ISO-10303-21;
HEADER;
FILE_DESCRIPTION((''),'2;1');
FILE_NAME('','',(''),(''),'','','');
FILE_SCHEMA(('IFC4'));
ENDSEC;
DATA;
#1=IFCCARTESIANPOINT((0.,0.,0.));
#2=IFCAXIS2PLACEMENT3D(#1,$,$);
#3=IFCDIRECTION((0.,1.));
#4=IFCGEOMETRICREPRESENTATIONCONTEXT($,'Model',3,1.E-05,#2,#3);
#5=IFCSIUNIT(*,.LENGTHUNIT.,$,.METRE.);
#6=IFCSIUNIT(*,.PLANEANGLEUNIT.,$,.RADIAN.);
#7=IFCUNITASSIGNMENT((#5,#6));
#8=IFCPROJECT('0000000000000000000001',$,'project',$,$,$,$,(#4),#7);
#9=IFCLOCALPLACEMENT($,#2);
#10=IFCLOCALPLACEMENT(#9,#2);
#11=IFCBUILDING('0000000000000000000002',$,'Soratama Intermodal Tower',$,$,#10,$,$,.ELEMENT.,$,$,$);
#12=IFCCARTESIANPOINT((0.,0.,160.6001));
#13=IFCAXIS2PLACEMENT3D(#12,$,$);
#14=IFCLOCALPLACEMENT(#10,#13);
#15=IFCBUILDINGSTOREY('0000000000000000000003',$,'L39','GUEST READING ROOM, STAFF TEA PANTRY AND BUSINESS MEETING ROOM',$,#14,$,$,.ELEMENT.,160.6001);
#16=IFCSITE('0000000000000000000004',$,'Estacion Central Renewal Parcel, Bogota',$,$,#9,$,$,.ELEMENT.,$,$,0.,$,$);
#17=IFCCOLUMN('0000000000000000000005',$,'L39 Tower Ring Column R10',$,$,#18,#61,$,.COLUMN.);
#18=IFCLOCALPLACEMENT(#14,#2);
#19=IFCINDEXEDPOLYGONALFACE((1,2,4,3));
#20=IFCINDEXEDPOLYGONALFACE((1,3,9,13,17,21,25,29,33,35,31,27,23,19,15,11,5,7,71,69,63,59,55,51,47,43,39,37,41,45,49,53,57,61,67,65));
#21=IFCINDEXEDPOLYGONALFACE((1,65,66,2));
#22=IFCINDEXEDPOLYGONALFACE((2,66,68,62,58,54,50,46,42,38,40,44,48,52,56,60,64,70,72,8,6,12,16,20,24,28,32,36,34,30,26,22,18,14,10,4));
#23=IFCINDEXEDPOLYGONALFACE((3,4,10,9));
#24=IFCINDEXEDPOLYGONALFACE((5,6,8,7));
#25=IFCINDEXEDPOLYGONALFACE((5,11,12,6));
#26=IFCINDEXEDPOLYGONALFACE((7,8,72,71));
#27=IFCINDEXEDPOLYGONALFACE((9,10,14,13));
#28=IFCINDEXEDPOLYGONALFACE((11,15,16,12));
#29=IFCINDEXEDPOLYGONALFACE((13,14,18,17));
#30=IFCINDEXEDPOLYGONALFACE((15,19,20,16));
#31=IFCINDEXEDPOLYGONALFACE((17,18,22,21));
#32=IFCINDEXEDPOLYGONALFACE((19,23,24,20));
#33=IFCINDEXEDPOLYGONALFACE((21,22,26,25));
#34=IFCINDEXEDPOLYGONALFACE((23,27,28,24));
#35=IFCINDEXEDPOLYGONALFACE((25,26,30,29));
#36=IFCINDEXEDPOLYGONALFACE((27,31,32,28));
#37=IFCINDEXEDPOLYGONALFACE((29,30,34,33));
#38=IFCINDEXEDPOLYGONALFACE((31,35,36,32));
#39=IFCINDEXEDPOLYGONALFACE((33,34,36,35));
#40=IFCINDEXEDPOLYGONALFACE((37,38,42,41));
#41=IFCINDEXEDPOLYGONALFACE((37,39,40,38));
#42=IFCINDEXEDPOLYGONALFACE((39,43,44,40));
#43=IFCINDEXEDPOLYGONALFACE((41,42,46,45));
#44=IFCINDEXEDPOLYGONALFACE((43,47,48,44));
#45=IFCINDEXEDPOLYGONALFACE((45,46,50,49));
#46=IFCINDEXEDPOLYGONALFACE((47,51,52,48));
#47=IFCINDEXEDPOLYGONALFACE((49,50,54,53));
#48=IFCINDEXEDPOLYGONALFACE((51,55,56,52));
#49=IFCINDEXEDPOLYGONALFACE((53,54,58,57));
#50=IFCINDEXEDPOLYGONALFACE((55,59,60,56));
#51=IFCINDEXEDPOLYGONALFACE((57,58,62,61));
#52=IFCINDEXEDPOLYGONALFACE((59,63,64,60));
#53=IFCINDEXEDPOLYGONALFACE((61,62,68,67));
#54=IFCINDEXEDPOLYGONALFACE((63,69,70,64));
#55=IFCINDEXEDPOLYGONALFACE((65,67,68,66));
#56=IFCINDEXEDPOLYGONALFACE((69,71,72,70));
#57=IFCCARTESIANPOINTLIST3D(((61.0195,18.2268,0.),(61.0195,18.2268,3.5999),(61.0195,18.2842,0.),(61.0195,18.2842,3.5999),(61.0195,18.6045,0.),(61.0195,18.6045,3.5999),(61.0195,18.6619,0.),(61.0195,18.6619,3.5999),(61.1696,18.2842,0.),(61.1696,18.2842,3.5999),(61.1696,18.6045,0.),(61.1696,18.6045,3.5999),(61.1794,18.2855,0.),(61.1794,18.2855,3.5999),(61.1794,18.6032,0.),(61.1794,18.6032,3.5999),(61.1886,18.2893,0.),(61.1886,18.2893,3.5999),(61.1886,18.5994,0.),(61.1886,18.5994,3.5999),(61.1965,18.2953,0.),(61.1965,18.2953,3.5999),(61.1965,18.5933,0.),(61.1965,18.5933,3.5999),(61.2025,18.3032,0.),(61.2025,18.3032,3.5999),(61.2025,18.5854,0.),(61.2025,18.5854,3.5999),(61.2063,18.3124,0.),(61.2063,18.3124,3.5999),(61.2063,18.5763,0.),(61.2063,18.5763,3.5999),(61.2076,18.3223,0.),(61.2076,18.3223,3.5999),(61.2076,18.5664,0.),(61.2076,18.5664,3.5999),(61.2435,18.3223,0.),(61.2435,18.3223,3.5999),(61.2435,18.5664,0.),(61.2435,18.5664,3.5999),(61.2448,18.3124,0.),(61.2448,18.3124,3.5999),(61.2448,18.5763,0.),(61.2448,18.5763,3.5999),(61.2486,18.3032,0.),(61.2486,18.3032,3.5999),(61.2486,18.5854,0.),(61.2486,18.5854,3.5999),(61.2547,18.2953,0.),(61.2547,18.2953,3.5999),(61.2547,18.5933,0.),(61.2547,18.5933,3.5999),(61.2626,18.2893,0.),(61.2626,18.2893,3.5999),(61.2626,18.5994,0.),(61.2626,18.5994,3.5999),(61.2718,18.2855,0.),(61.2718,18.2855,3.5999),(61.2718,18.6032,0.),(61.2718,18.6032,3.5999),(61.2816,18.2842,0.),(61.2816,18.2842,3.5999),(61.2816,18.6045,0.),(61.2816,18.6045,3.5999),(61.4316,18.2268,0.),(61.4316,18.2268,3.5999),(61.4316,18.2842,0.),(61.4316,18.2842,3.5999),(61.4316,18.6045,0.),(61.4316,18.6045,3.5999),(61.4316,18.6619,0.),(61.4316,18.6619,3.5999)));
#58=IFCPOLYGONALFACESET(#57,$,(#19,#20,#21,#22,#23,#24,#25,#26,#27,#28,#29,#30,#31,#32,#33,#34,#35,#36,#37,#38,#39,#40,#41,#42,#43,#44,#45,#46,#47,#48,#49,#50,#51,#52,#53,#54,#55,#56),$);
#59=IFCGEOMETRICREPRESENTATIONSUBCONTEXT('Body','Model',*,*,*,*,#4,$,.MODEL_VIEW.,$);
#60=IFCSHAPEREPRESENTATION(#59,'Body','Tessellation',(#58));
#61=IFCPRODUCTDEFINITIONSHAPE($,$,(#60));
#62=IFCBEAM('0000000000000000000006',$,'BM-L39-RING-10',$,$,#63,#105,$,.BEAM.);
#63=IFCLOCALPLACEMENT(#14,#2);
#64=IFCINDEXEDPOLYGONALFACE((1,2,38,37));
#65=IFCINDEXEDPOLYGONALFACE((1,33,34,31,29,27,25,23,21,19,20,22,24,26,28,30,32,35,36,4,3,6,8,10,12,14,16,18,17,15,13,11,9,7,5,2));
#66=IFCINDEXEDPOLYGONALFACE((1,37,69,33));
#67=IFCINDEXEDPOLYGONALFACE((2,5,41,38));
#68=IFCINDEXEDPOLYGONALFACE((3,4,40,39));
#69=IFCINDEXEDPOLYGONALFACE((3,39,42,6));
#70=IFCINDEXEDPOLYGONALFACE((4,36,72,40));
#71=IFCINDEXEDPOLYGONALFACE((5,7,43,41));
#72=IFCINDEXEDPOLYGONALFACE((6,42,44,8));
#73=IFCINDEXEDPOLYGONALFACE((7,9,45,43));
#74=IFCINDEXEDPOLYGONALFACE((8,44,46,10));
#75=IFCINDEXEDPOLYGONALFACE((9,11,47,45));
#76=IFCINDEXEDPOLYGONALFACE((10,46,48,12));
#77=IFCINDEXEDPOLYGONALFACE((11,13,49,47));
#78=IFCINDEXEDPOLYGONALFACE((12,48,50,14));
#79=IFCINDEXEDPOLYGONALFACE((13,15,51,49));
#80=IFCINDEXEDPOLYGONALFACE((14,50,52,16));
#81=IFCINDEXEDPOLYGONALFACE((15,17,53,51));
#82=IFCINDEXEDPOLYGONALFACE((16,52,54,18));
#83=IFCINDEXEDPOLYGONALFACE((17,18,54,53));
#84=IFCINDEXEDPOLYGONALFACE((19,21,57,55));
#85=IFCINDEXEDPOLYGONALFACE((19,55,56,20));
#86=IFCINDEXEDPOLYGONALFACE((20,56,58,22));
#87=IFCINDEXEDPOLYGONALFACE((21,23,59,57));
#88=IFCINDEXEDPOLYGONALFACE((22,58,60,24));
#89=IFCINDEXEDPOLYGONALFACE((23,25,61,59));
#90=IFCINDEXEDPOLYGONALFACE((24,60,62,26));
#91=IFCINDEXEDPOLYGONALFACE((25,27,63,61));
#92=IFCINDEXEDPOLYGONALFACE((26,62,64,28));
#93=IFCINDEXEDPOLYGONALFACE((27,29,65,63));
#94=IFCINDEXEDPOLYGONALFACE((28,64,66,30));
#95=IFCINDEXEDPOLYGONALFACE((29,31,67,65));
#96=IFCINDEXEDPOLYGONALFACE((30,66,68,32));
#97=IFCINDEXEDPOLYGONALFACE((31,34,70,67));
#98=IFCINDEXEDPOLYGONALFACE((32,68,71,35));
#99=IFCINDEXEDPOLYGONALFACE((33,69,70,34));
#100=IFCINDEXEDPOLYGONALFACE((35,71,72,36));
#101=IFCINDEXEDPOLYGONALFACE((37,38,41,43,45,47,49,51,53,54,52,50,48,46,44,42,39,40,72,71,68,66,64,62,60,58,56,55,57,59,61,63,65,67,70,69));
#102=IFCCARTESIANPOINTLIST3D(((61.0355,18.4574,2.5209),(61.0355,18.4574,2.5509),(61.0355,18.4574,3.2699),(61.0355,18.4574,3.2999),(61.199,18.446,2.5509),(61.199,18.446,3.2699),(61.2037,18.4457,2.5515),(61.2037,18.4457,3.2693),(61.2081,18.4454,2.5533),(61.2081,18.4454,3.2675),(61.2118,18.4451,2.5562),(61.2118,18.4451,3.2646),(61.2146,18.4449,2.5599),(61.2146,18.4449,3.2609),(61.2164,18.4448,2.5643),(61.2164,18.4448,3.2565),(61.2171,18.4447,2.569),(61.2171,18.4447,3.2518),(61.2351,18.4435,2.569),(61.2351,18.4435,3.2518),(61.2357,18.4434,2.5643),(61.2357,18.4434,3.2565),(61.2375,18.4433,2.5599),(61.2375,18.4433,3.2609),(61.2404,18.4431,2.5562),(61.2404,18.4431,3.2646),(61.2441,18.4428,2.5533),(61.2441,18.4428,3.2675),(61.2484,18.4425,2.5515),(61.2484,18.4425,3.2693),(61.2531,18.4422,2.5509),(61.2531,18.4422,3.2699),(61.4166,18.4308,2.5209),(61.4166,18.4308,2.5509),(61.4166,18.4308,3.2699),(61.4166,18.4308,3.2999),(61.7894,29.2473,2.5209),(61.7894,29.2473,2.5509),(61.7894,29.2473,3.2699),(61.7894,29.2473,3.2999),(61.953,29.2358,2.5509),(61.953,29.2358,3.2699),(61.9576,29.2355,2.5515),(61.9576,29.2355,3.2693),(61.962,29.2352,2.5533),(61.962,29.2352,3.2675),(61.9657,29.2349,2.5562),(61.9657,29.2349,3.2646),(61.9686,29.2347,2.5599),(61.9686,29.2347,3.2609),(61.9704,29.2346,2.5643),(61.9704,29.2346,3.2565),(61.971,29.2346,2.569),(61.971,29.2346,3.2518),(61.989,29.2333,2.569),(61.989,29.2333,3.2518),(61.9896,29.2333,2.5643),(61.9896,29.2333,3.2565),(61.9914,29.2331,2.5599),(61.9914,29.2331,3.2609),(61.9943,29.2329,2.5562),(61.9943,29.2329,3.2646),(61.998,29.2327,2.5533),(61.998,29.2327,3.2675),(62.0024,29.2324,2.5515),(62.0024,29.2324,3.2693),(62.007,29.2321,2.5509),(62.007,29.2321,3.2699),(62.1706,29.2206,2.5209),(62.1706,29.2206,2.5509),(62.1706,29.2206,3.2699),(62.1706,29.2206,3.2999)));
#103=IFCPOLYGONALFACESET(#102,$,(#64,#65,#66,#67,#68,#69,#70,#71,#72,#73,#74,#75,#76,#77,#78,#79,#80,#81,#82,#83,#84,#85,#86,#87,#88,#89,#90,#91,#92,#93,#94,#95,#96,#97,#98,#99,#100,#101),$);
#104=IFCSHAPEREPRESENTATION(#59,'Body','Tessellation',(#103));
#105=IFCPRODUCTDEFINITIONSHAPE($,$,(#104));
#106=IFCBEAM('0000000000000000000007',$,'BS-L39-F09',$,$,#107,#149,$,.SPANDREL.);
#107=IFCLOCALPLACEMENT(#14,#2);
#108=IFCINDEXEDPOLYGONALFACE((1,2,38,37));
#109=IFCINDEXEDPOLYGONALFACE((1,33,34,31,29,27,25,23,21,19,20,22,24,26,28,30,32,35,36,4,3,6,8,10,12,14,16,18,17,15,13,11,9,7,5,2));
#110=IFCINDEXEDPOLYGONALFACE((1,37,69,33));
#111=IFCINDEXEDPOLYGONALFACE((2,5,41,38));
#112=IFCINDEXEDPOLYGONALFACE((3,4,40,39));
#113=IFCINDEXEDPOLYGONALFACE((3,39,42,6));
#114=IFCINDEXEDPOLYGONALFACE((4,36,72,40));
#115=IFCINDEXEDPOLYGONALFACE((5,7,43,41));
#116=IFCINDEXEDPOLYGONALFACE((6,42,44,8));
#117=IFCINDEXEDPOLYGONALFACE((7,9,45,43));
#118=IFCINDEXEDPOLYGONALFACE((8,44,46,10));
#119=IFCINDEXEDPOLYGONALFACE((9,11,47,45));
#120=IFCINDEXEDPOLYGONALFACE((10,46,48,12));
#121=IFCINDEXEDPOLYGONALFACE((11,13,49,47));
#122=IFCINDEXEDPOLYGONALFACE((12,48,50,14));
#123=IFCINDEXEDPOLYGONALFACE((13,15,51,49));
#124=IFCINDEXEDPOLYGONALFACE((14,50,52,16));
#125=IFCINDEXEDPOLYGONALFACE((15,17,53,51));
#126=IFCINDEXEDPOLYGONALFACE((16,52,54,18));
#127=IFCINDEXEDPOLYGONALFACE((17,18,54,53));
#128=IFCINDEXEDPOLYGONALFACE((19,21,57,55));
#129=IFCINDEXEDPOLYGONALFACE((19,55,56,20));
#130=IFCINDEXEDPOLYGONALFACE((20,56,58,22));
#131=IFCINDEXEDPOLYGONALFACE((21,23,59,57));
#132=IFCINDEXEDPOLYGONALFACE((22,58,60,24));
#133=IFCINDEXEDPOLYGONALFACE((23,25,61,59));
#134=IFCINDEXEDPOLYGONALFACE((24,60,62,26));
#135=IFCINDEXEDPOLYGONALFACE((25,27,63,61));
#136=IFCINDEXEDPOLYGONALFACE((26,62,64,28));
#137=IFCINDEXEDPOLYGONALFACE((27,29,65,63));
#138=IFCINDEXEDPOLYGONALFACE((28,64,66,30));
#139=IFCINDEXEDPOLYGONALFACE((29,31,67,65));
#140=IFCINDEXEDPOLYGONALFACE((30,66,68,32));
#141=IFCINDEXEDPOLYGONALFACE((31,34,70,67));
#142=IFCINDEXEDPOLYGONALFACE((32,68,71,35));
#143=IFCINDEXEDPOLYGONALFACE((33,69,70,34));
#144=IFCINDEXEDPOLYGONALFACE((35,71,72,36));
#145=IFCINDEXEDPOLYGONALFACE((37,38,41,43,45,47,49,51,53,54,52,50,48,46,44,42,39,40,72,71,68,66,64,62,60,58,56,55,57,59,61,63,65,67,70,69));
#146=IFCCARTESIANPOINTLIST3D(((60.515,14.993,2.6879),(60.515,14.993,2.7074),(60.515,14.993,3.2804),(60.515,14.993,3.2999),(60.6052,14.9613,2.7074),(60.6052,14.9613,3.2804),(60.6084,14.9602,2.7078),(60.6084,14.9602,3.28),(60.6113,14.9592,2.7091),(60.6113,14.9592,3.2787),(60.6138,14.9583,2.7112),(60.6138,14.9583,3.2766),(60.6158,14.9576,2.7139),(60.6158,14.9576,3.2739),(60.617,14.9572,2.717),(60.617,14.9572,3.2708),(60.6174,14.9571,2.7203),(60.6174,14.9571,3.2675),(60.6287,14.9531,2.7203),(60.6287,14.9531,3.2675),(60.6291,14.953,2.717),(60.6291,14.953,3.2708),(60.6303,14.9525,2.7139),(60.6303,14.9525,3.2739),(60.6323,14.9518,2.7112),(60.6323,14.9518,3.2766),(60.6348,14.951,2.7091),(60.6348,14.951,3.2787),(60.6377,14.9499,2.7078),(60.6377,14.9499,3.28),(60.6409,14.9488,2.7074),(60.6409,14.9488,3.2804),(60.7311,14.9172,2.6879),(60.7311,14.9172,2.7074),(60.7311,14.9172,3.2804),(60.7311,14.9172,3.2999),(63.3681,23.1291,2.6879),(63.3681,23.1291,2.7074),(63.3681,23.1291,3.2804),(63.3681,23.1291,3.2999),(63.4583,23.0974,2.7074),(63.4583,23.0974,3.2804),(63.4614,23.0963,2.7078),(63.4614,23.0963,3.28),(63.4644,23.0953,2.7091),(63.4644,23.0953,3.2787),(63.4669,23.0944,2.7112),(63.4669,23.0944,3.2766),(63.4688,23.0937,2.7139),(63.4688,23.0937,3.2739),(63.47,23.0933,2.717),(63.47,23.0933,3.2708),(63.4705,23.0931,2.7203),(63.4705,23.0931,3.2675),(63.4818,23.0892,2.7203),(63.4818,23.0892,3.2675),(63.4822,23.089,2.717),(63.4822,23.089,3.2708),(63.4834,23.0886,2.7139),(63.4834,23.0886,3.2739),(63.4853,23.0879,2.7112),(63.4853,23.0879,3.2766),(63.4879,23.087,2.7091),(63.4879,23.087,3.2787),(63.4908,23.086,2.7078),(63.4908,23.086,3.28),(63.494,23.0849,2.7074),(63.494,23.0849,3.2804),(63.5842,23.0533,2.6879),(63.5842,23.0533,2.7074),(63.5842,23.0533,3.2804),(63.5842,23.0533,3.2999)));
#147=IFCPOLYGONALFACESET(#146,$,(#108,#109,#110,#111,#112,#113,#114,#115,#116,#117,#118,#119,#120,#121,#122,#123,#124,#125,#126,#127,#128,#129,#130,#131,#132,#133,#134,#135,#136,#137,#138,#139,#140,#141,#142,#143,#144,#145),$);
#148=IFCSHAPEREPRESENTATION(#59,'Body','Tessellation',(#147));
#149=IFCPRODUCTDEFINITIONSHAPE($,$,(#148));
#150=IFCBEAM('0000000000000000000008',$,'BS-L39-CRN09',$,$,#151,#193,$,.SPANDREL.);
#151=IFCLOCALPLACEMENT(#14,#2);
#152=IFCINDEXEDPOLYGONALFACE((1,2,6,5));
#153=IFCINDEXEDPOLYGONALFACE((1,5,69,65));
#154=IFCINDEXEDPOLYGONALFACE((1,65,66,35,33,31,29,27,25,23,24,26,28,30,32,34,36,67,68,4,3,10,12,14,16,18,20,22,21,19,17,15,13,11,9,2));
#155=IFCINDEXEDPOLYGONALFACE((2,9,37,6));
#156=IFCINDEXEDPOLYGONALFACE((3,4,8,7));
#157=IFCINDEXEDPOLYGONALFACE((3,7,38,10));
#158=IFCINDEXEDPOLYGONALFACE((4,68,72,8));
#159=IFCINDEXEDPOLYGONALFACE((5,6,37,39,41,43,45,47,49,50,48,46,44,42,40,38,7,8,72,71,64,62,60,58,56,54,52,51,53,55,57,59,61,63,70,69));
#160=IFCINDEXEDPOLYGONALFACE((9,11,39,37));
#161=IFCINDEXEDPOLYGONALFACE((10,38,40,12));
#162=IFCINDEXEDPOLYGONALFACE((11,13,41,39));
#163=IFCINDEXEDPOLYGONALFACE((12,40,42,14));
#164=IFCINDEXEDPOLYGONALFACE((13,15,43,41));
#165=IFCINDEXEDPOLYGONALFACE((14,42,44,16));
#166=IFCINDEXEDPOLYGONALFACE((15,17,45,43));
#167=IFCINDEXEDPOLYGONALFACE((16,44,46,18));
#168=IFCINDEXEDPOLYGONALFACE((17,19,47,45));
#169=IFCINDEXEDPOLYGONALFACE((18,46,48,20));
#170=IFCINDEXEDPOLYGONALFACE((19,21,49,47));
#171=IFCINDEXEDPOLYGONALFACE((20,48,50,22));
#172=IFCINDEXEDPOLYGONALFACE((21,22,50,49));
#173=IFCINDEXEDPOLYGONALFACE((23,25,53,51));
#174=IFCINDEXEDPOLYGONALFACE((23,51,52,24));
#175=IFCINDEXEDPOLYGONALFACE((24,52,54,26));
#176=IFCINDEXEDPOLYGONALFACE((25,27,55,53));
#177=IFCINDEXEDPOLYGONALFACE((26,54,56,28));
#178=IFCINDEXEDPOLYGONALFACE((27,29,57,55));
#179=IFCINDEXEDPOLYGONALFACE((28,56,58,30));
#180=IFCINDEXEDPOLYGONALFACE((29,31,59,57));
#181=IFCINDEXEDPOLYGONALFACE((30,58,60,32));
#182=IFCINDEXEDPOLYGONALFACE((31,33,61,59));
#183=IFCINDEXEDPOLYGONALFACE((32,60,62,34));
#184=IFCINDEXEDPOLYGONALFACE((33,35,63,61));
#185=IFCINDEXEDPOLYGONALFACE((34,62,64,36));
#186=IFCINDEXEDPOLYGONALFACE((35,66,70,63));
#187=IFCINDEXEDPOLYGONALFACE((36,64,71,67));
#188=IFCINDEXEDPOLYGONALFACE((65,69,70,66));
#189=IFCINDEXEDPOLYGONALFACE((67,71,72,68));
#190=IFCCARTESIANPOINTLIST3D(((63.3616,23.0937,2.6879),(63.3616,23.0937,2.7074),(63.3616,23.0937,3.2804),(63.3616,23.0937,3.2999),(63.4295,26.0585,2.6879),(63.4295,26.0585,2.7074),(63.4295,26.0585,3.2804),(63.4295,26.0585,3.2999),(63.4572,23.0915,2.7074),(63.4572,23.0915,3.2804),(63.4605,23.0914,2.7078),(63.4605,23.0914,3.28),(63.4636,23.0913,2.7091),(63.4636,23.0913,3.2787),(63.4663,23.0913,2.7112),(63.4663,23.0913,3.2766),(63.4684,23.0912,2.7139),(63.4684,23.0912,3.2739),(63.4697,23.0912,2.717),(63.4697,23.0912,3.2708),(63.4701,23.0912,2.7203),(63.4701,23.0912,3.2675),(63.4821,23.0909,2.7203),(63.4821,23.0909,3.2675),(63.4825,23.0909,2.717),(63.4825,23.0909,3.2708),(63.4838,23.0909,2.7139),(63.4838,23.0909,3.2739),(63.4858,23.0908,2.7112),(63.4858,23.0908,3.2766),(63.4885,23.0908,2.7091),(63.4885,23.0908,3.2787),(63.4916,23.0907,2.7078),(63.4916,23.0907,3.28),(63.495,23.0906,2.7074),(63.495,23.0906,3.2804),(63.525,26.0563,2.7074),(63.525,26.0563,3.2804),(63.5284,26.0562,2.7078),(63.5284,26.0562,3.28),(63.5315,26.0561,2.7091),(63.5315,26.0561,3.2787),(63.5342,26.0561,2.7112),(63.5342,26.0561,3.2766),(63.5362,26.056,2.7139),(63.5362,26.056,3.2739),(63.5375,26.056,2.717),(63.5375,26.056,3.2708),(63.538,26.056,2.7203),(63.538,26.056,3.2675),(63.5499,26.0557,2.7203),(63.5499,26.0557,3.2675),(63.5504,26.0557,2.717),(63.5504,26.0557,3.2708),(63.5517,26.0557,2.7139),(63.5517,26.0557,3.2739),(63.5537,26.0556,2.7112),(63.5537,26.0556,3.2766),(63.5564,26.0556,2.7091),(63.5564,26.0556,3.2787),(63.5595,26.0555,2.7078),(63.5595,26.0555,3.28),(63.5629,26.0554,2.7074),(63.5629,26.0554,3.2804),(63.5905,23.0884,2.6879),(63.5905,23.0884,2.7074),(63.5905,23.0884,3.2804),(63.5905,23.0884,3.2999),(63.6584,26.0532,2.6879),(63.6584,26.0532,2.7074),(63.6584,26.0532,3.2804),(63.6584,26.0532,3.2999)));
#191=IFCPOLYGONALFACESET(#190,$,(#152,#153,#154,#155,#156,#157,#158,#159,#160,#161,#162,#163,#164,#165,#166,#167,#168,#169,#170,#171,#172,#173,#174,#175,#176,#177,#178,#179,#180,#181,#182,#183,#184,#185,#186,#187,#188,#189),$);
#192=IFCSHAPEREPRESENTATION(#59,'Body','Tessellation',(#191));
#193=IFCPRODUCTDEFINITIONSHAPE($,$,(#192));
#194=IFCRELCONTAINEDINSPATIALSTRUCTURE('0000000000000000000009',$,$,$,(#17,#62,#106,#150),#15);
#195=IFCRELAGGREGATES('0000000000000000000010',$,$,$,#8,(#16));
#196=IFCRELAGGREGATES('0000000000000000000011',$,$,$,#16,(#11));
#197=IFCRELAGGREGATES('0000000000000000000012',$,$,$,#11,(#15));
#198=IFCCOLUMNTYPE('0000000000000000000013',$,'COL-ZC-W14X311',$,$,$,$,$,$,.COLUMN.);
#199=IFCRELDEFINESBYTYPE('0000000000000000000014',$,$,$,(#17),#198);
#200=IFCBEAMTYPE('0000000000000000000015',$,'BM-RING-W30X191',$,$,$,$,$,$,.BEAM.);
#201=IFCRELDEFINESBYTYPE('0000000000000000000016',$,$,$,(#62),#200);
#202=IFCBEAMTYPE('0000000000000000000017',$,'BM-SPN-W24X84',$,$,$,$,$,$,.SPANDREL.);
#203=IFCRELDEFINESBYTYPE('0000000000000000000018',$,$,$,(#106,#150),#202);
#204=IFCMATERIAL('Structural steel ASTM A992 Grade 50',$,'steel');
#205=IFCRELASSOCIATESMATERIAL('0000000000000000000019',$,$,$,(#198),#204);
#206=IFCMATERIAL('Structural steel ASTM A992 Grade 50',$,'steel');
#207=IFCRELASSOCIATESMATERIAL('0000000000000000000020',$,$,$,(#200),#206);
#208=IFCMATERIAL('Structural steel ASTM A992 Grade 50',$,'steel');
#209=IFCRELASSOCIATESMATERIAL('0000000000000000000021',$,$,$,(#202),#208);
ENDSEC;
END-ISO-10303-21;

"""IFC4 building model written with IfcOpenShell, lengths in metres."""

from ifc_helpers import new_model, si_unit, direction, frame, origin, origin_2d, place, context, subcontext, project, spatial, i_section, extrude, material, material_profile, profile_set, type_object, element, save


model = new_model("IFC4")

# Units and contexts
model_context = context("Model", 3, precision=1e-05, world=origin(), true_north=direction((0.0, 1.0)))
body_context = subcontext(model_context, "Body", "Model", "MODEL_VIEW")
ifc_project = project(units=[si_unit("LENGTHUNIT", "METRE"), si_unit("PLANEANGLEUNIT", "RADIAN")], contexts=[model_context])

# Site, building, storey
site_placement = place(None, origin())
site = spatial("IfcSite", under=ifc_project, at=site_placement, Name="Estacion Central Renewal Parcel, Bogota", CompositionType="ELEMENT", RefElevation=0.0)
building_placement = place(site_placement, origin())
building = spatial("IfcBuilding", under=site, at=building_placement, Name="Soratama Intermodal Tower", CompositionType="ELEMENT")
storey_placement = place(building_placement, frame((0.0, 0.0, 160.6001)))
storey = spatial("IfcBuildingStorey", under=building, at=storey_placement, Name="L39", Description="GUEST READING ROOM, STAFF TEA PANTRY AND BUSINESS MEETING ROOM", CompositionType="ELEMENT", Elevation=160.6001)

# Column
ifc_material_1 = material(Name="Structural steel ASTM A992 Grade 50", Category="steel")
ifc_material_profile_1 = material_profile(ifc_material_1, i_section(OverallWidth=0.4121, OverallDepth=0.4351, WebThickness=0.0359, FlangeThickness=0.0574, FilletRadius=0.0381, at=origin_2d()), Name="W14X311")
ifc_profile_set_1 = profile_set([ifc_material_profile_1], Name="Structural steel ASTM A992 Grade 50")
column_type = type_object("IfcColumnType", Name="COL-ZC-W14X311", PredefinedType="COLUMN", material=ifc_profile_set_1)
column_placement = place(storey_placement, frame((61.2256, 18.4443, 0.0), z_axis=(0.0, 0.0, 1.0), x_axis=(1.0, 0.0, 0.0)))
element("IfcColumn", 1, at=column_placement, inside=storey, type_object=column_type, Name="L39 Tower Ring Column R10", PredefinedType="COLUMN", context=body_context, shape_type="SweptSolid", body=[
    extrude(i_section(OverallWidth=0.4121, OverallDepth=0.4351, WebThickness=0.0359, FlangeThickness=0.0574, FilletRadius=0.0381, at=origin_2d()), origin(), (0.0, 0.0, 1.0), 3.5999),
])

# Beams
ifc_material_2 = material(Name="Structural steel ASTM A992 Grade 50", Category="steel")
ifc_material_profile_2 = material_profile(ifc_material_2, i_section(OverallWidth=0.3821, OverallDepth=0.7791, WebThickness=0.0181, FlangeThickness=0.03, FilletRadius=0.0181, at=origin_2d()), Name="W30X191")
ifc_profile_set_2 = profile_set([ifc_material_profile_2], Name="Structural steel ASTM A992 Grade 50")
beam_type_1 = type_object("IfcBeamType", Name="BM-RING-W30X191", PredefinedType="BEAM", material=ifc_profile_set_2)
beam_1_placement = place(storey_placement, frame((61.2261, 18.4441, 2.9104), z_axis=(0.069702, 0.997568, 0.0), x_axis=(-0.997568, 0.069702, 0.0)))
element("IfcBeam", 2, at=beam_1_placement, inside=storey, type_object=beam_type_1, Name="BM-L39-RING-10", PredefinedType="BEAM", context=body_context, shape_type="SweptSolid", body=[
    extrude(i_section(OverallWidth=0.3821, OverallDepth=0.7791, WebThickness=0.0181, FlangeThickness=0.03, FilletRadius=0.0181, at=origin_2d()), origin(), (0.0, 0.0, 1.0), 10.8162),
])
ifc_material_3 = material(Name="Structural steel ASTM A992 Grade 50", Category="steel")
ifc_material_profile_3 = material_profile(ifc_material_3, i_section(OverallWidth=0.229, OverallDepth=0.6121, WebThickness=0.012, FlangeThickness=0.0195, FilletRadius=0.0129, at=origin_2d()), Name="W24X84")
ifc_profile_set_3 = profile_set([ifc_material_profile_3], Name="Structural steel ASTM A992 Grade 50")
beam_type_2 = type_object("IfcBeamType", Name="BM-SPN-W24X84", PredefinedType="SPANDREL", material=ifc_profile_set_3)
beam_2_placement = place(storey_placement, frame((60.623, 14.9551, 2.9939), z_axis=(0.330912, 0.943662, 0.0), x_axis=(-0.943662, 0.330912, 0.0)))
element("IfcBeam", 3, at=beam_2_placement, inside=storey, type_object=beam_type_2, Name="BS-L39-F09", PredefinedType="SPANDREL", context=body_context, shape_type="SweptSolid", body=[
    extrude(i_section(OverallWidth=0.229, OverallDepth=0.6121, WebThickness=0.012, FlangeThickness=0.0195, FilletRadius=0.0129, at=origin_2d()), origin(), (0.0, 0.0, 1.0), 8.6218),
])
beam_3_placement = place(storey_placement, frame((63.4761, 23.0911, 2.9939), z_axis=(0.022886, 0.999738, 0.0), x_axis=(-0.999738, 0.022886, 0.0)))
element("IfcBeam", 4, at=beam_3_placement, inside=storey, type_object=beam_type_2, Name="BS-L39-CRN09", PredefinedType="SPANDREL", context=body_context, shape_type="SweptSolid", body=[
    extrude(i_section(OverallWidth=0.229, OverallDepth=0.6121, WebThickness=0.012, FlangeThickness=0.0195, FilletRadius=0.0129, at=origin_2d()), origin(), (0.0, 0.0, 1.0), 2.9656),
])

save(model, "model.ifc")
